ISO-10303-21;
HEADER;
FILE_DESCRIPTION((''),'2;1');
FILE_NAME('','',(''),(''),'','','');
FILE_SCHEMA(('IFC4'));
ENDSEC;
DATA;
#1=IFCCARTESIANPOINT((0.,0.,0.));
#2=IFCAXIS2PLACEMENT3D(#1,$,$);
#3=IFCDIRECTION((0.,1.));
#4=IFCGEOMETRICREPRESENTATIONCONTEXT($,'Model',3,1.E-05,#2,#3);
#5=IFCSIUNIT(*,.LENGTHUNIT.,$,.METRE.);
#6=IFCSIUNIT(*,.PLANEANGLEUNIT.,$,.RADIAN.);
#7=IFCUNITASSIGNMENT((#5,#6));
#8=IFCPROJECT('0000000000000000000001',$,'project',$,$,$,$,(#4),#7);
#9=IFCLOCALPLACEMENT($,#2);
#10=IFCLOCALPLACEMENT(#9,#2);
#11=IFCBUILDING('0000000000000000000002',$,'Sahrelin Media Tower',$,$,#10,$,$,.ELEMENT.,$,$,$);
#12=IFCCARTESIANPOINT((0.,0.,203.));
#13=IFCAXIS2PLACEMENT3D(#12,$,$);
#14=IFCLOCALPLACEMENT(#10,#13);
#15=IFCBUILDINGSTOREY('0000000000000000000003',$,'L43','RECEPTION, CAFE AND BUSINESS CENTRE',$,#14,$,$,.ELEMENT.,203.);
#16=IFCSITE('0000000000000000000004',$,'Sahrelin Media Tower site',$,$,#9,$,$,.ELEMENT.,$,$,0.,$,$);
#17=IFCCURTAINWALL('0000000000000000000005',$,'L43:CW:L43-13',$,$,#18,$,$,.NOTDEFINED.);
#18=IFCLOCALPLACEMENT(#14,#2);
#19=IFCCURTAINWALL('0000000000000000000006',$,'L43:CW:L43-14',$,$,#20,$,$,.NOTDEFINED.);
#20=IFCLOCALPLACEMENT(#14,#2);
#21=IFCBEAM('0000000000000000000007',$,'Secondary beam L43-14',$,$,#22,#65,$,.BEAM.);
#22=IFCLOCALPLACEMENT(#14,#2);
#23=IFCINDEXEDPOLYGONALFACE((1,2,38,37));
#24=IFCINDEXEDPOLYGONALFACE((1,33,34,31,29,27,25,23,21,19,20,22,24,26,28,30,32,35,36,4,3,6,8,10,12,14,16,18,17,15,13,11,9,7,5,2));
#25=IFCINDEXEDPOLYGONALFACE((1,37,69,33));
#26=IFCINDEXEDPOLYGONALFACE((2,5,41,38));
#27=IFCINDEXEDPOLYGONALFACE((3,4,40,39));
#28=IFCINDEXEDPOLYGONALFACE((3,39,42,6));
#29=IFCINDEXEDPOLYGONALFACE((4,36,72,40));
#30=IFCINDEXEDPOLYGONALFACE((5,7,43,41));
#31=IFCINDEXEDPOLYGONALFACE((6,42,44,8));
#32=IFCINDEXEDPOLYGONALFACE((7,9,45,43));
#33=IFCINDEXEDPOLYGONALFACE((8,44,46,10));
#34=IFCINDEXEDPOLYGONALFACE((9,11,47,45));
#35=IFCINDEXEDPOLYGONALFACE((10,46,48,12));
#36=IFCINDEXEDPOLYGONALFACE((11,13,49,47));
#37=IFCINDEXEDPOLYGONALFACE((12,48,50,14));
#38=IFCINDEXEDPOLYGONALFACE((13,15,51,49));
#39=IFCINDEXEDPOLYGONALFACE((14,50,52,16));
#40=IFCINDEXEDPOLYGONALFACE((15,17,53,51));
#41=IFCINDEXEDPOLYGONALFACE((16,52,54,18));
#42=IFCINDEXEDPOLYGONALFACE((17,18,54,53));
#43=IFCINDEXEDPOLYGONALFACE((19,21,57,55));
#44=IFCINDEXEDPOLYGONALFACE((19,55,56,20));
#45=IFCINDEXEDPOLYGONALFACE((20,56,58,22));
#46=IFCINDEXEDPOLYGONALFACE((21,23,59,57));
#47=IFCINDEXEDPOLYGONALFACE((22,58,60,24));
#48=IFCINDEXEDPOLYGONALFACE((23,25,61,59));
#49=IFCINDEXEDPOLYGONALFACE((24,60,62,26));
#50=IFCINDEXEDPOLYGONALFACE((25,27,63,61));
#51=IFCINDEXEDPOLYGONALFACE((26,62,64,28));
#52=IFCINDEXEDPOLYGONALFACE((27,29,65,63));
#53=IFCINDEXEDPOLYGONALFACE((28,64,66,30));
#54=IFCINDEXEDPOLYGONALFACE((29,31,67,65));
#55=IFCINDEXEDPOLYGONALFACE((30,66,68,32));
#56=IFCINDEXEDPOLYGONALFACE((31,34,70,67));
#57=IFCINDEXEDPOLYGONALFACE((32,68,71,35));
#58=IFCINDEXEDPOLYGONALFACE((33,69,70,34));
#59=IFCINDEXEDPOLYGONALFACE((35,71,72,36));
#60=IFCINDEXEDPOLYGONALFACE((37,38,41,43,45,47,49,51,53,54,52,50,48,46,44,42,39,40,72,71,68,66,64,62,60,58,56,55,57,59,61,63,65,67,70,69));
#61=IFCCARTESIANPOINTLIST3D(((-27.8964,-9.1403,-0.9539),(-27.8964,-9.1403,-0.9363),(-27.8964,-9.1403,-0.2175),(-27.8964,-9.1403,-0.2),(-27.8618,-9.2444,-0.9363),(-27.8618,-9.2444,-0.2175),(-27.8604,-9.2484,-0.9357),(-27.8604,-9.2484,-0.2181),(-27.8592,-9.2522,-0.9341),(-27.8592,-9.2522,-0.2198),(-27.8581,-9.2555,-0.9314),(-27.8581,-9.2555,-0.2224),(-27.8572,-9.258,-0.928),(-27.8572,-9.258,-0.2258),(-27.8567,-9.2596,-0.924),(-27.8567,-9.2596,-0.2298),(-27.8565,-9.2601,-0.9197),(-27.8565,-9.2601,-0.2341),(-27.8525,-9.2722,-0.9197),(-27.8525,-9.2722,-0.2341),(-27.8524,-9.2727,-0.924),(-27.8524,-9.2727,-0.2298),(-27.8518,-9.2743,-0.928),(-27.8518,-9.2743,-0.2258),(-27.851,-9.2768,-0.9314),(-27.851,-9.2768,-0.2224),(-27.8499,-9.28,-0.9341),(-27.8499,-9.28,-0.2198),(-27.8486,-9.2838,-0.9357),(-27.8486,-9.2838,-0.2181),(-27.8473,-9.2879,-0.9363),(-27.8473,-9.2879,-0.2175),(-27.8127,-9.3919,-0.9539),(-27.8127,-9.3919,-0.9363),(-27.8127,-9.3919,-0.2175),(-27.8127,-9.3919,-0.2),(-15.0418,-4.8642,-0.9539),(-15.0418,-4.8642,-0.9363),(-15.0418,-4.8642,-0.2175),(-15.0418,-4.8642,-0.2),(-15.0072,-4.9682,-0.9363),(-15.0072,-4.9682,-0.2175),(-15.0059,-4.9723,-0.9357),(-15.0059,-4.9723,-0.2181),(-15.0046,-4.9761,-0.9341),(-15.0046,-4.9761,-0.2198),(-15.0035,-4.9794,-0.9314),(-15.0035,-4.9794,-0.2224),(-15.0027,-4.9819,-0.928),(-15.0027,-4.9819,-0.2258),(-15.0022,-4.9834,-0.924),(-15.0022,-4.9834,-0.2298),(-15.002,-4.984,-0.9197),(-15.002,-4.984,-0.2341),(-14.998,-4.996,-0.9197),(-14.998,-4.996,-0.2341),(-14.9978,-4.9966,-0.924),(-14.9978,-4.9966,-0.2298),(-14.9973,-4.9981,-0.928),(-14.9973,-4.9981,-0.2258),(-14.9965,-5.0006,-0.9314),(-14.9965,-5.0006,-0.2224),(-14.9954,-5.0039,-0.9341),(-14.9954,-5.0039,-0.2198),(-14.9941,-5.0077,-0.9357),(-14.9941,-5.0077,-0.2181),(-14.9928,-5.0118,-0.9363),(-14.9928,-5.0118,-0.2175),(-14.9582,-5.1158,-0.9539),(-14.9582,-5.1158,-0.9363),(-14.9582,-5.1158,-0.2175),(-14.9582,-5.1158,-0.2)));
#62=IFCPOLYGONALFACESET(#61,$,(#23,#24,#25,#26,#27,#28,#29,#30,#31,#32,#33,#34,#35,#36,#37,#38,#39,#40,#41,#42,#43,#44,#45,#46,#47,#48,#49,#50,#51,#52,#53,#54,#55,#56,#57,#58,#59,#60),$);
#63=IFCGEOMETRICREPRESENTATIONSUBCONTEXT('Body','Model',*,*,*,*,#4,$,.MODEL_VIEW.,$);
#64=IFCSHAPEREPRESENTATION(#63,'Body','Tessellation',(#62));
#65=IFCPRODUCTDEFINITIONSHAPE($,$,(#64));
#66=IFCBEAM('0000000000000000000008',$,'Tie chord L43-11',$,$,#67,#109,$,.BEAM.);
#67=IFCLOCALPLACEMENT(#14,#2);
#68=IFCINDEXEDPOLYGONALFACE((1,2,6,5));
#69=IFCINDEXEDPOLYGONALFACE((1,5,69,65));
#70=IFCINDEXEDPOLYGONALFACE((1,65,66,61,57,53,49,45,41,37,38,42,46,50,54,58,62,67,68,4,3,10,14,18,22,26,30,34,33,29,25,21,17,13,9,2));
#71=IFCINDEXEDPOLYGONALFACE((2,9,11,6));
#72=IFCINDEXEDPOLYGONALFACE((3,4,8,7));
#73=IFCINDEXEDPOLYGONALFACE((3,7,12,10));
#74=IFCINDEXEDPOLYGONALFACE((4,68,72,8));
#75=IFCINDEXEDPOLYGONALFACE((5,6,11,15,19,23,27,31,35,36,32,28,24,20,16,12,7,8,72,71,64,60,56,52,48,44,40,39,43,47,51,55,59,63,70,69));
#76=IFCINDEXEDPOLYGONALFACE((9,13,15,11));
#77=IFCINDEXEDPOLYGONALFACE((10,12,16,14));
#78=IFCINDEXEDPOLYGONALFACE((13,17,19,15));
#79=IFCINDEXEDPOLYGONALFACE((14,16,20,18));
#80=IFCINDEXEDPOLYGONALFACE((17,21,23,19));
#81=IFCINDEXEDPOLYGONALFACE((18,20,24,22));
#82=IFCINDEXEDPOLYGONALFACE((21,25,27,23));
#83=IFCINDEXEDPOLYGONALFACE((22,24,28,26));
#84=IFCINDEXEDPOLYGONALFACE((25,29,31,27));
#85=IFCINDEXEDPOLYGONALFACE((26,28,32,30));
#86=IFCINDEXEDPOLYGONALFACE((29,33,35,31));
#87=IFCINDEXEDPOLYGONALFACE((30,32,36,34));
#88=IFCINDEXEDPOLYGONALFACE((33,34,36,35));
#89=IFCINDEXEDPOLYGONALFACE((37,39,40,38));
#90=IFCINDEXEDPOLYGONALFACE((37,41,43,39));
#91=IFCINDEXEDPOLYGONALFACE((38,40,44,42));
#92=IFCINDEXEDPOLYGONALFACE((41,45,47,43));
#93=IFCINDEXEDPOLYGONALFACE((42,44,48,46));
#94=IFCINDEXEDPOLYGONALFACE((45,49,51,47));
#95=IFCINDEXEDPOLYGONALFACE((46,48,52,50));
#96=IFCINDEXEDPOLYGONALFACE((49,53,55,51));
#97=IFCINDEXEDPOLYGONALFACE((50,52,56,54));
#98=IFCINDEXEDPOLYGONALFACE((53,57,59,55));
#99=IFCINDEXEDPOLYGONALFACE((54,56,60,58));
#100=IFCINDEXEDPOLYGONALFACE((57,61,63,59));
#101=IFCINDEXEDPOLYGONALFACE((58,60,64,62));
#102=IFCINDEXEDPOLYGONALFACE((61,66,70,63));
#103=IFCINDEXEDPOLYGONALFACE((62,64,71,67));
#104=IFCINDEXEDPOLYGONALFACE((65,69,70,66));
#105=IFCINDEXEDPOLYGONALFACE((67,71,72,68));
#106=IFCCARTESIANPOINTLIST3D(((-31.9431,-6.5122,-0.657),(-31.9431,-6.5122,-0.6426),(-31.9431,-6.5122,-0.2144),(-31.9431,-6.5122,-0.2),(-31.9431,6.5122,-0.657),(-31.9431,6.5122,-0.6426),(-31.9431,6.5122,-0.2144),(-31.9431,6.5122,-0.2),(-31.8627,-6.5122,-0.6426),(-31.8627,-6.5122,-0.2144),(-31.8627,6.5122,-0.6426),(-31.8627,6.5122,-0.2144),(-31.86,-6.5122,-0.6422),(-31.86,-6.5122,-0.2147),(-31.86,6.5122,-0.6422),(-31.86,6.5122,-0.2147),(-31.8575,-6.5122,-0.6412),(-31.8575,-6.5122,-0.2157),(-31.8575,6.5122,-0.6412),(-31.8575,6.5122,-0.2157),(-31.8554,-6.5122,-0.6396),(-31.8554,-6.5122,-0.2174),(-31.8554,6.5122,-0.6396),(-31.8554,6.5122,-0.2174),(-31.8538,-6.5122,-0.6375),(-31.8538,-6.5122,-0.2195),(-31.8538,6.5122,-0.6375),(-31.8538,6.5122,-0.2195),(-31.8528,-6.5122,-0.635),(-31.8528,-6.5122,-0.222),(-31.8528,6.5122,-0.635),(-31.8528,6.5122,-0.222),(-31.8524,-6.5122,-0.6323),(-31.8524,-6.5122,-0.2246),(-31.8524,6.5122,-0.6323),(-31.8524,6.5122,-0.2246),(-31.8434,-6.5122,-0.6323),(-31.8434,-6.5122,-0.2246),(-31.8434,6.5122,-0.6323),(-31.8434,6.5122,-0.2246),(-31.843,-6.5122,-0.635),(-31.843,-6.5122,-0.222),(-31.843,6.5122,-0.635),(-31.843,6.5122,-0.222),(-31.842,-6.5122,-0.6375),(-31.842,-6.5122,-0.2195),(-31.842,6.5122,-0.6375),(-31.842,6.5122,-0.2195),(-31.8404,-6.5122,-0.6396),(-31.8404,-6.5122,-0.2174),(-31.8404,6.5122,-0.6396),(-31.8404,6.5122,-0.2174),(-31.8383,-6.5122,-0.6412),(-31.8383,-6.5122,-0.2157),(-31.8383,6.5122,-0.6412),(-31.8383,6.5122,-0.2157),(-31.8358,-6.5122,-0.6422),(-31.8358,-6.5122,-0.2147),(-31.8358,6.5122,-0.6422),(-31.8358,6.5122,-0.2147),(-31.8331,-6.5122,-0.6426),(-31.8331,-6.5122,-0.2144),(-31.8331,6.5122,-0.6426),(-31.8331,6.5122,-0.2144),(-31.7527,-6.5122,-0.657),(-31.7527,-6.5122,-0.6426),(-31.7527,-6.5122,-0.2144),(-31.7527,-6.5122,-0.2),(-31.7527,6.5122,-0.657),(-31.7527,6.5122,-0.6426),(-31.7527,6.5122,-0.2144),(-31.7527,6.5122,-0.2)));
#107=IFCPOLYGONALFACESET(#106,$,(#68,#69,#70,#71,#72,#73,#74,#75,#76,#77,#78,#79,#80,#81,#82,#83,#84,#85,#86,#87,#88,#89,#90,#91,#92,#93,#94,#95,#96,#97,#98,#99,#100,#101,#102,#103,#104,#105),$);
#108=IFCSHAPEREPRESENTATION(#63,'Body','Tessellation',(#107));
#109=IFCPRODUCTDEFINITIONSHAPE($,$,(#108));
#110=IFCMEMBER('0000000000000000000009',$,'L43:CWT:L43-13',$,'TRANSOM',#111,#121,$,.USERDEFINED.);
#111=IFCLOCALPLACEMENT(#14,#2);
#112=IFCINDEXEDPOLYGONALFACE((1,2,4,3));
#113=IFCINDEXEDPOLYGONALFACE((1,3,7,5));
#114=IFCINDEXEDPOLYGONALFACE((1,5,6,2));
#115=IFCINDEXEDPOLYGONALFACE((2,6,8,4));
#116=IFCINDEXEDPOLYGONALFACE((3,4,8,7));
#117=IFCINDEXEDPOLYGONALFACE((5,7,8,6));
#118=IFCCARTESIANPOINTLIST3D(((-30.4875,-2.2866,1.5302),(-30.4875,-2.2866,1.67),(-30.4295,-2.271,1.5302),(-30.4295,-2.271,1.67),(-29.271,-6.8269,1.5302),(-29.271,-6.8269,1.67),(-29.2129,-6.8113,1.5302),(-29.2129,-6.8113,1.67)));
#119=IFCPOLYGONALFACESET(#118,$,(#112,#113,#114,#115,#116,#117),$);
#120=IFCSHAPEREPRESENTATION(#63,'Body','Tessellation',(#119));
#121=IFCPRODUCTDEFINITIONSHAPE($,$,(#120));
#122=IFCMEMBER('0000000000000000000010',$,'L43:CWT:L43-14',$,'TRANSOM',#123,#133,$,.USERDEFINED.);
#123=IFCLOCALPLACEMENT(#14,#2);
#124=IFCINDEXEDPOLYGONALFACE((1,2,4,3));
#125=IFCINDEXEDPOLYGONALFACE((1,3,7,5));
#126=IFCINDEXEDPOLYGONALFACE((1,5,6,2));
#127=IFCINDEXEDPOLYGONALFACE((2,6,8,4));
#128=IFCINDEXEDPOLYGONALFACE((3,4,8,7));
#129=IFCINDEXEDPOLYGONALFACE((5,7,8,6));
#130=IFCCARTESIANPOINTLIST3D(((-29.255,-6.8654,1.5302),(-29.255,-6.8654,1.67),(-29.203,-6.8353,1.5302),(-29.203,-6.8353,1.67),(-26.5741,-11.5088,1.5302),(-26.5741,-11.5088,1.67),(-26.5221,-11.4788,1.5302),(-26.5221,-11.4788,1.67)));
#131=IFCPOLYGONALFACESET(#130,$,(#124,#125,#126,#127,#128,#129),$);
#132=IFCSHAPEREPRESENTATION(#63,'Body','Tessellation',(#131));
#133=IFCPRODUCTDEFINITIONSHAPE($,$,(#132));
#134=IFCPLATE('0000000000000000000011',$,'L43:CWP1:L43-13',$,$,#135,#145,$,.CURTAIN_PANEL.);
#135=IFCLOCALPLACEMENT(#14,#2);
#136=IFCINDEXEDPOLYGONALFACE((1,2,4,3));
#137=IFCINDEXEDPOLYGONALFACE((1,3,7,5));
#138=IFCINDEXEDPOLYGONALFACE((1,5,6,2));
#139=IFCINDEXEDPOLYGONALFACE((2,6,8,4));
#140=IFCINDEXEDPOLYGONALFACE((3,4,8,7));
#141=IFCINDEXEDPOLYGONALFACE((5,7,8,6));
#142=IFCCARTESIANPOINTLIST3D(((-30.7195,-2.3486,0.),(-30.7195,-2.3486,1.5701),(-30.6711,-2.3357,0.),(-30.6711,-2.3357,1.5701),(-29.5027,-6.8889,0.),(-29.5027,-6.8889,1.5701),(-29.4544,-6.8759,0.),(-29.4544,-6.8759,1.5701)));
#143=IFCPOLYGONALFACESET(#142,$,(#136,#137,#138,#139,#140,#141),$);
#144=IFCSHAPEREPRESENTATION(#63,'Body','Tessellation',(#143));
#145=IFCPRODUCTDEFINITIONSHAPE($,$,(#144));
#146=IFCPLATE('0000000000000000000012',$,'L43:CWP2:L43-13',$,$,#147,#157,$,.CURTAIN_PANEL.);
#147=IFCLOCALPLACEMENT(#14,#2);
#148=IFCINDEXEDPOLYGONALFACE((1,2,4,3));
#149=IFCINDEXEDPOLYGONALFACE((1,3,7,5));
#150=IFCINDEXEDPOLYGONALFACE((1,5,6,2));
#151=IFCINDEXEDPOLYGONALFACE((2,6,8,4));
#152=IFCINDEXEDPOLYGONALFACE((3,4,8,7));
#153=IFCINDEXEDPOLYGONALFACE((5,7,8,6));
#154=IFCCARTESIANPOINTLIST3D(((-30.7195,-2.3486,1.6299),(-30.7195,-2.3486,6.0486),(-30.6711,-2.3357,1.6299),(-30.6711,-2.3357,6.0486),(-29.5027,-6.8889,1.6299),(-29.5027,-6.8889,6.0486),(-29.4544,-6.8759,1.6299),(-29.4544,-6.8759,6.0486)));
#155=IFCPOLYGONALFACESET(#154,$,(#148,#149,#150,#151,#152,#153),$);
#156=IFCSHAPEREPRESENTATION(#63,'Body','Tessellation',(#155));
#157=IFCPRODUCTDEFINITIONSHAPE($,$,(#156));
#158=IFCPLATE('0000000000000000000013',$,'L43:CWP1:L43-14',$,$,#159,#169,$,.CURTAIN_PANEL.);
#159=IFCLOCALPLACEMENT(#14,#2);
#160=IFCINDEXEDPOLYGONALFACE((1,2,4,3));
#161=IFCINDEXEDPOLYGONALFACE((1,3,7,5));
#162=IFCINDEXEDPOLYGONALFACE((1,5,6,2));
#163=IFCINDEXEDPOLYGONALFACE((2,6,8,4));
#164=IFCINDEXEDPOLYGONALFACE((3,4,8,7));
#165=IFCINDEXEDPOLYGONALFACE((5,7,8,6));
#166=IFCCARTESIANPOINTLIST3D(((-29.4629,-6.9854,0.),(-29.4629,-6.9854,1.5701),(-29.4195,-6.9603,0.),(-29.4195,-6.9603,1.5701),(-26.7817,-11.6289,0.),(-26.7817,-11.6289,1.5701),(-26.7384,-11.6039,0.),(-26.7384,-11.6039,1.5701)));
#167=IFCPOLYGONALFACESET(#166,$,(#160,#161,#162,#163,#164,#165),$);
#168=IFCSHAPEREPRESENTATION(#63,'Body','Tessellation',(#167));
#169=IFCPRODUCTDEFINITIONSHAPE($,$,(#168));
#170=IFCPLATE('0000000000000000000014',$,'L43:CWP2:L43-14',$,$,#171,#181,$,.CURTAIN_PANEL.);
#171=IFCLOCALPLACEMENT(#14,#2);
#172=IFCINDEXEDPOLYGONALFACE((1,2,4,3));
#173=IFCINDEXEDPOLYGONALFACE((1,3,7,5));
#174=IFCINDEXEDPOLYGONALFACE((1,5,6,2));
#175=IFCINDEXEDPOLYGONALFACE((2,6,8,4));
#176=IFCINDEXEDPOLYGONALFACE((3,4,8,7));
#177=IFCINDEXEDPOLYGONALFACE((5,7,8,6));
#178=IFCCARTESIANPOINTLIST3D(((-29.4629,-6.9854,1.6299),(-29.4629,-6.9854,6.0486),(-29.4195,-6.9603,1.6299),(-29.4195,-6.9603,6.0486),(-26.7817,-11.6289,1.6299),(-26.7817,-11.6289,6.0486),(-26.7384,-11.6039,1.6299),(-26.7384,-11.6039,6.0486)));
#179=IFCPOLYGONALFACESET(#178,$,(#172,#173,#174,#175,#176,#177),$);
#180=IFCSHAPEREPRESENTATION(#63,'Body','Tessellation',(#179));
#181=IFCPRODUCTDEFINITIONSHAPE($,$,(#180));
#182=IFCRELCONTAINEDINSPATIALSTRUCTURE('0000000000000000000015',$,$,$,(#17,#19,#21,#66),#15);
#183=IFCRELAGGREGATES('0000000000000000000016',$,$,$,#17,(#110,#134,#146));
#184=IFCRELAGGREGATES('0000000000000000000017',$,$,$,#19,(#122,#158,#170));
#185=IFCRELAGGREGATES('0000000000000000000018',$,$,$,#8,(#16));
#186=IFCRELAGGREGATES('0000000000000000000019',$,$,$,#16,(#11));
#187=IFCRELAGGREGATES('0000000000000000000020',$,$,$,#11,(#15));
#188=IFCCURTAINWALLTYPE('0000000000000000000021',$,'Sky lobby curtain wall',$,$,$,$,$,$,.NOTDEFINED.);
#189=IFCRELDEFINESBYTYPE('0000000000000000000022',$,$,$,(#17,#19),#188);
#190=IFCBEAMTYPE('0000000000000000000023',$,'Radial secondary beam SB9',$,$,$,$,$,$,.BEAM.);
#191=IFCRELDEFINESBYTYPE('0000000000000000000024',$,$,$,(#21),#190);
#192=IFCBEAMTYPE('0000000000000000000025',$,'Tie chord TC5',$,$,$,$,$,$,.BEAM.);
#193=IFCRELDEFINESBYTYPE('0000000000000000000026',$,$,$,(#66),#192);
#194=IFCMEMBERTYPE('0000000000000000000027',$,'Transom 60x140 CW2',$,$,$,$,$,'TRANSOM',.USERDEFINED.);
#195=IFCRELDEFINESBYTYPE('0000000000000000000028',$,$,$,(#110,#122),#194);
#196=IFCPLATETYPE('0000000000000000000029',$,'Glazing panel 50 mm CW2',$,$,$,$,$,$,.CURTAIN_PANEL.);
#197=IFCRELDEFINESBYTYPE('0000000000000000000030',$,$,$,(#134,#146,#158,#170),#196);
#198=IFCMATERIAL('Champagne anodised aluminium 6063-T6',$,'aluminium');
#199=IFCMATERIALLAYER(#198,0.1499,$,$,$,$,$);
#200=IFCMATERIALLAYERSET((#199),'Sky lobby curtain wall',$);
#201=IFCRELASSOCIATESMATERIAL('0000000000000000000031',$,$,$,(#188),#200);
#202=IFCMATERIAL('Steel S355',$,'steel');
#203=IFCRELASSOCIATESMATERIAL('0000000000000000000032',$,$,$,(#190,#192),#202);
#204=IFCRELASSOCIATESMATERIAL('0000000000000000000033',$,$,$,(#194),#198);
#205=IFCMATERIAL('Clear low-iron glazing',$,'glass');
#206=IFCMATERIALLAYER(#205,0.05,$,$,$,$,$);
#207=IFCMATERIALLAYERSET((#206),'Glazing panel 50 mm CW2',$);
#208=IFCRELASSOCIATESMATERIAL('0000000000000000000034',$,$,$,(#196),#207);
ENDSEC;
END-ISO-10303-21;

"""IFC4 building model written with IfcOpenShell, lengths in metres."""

from ifc_helpers import new_model, si_unit, direction, frame, origin, origin_2d, place, context, subcontext, project, spatial, polyline, rectangle, i_section, outline, extrude, material, layer, layer_set, material_profile, profile_set, type_object, element, aggregate, save


model = new_model("IFC4")

# Units and contexts
model_context = context("Model", 3, precision=1e-05, world=origin(), true_north=direction((0.0, 1.0)))
body_context = subcontext(model_context, "Body", "Model", "MODEL_VIEW")
ifc_project = project(units=[si_unit("LENGTHUNIT", "METRE"), si_unit("PLANEANGLEUNIT", "RADIAN")], contexts=[model_context])

# Site, building, storey
site_placement = place(None, origin())
site = spatial("IfcSite", under=ifc_project, at=site_placement, Name="Sahrelin Media Tower site", CompositionType="ELEMENT", RefElevation=0.0)
building_placement = place(site_placement, origin())
building = spatial("IfcBuilding", under=site, at=building_placement, Name="Sahrelin Media Tower", CompositionType="ELEMENT")
storey_placement = place(building_placement, frame((0.0, 0.0, 203.0)))
storey = spatial("IfcBuildingStorey", under=building, at=storey_placement, Name="L43", Description="RECEPTION, CAFE AND BUSINESS CENTRE", CompositionType="ELEMENT", Elevation=203.0)

# Shared definitions
ifc_material_1 = material(Name="Steel S355", Category="steel")

# Curtain walls
ifc_material_2 = material(Name="Champagne anodised aluminium 6063-T6", Category="aluminium")
ifc_layer_1 = layer(ifc_material_2, 0.1499)
ifc_layer_set_1 = layer_set([ifc_layer_1], Name="Sky lobby curtain wall")
curtain_wall_type = type_object("IfcCurtainWallType", Name="Sky lobby curtain wall", PredefinedType="NOTDEFINED", material=ifc_layer_set_1)
curtain_wall_1_placement = place(storey_placement, frame((-30.0918, -4.6135, 0.0), z_axis=(0.0, 0.0, 1.0), x_axis=(1.0, 0.0, 0.0)))
curtain_wall_1 = element("IfcCurtainWall", 1, at=curtain_wall_1_placement, inside=storey, type_object=curtain_wall_type, Name="L43:CW:L43-13", PredefinedType="NOTDEFINED")
curtain_wall_2_placement = place(storey_placement, frame((-28.105, -9.2971, 0.0), z_axis=(0.0, 0.0, 1.0), x_axis=(1.0, 0.0, 0.0)))
curtain_wall_2 = element("IfcCurtainWall", 2, at=curtain_wall_2_placement, inside=storey, type_object=curtain_wall_type, Name="L43:CW:L43-14", PredefinedType="NOTDEFINED")

# Beams
ifc_material_profile_1 = material_profile(ifc_material_1, i_section(OverallWidth=0.2651, OverallDepth=0.7539, WebThickness=0.0127, FlangeThickness=0.0176, FilletRadius=0.0166, at=origin_2d()), Name="UB 762x267x147")
ifc_profile_set_1 = profile_set([ifc_material_profile_1], Name="Steel S355")
beam_type_1 = type_object("IfcBeamType", Name="Radial secondary beam SB9", PredefinedType="BEAM", material=ifc_profile_set_1)
beam_1_placement = place(storey_placement, frame((-15.0, -4.99, -0.5769), z_axis=(-0.948876, -0.315649, 0.0), x_axis=(0.315649, -0.948876, 0.0)))
element("IfcBeam", 3, at=beam_1_placement, inside=storey, type_object=beam_type_1, Name="Secondary beam L43-14", PredefinedType="BEAM", context=body_context, shape_type="SweptSolid", body=[
    extrude(i_section(OverallWidth=0.2651, OverallDepth=0.7539, WebThickness=0.0127, FlangeThickness=0.0176, FilletRadius=0.0166, at=origin_2d()), origin(), (0.0, 0.0, 1.0), 13.5471),
])
ifc_material_profile_2 = material_profile(ifc_material_1, i_section(OverallWidth=0.1904, OverallDepth=0.457, WebThickness=0.009, FlangeThickness=0.0144, FilletRadius=0.0103, at=origin_2d()), Name="UB 457x191x74")
ifc_profile_set_2 = profile_set([ifc_material_profile_2], Name="Steel S355")
beam_type_2 = type_object("IfcBeamType", Name="Tie chord TC5", PredefinedType="BEAM", material=ifc_profile_set_2)
beam_2_placement = place(storey_placement, frame((-31.8479, -6.5122, -0.4285), z_axis=(0.0, 1.0, 0.0), x_axis=(-1.0, 0.0, 0.0)))
element("IfcBeam", 4, at=beam_2_placement, inside=storey, type_object=beam_type_2, Name="Tie chord L43-11", PredefinedType="BEAM", context=body_context, shape_type="SweptSolid", body=[
    extrude(i_section(OverallWidth=0.1904, OverallDepth=0.457, WebThickness=0.009, FlangeThickness=0.0144, FilletRadius=0.0103, at=origin_2d()), origin(), (0.0, 0.0, 1.0), 13.0244),
])

# Members
ifc_material_profile_3 = material_profile(ifc_material_2, rectangle(XDim=0.0601, YDim=0.1399, at=origin_2d()), Name="Transom 60x140")
ifc_profile_set_3 = profile_set([ifc_material_profile_3], Name="Champagne anodised aluminium 6063-T6")
member_type_1 = type_object("IfcMemberType", Name="Transom 60x140 CW2", ElementType="TRANSOM", PredefinedType="USERDEFINED", material=ifc_profile_set_3)
member_1_placement = place(storey_placement, frame((-30.4585, -2.2788, 1.6001), z_axis=(0.258817, -0.965926, 0.0), x_axis=(0.965926, 0.258817, 0.0)))
member_1 = element("IfcMember", 5, at=member_1_placement, type_object=member_type_1, Name="L43:CWT:L43-13", ObjectType="TRANSOM", PredefinedType="USERDEFINED", context=body_context, shape_type="SweptSolid", body=[
    extrude(rectangle(XDim=0.0601, YDim=0.1399, at=origin_2d()), origin(), (0.0, 0.0, 1.0), 4.7004),
])
member_2_placement = place(storey_placement, frame((-29.229, -6.8503, 1.6001), z_axis=(0.499993, -0.866029, 0.0), x_axis=(0.866029, 0.499993, 0.0)))
member_2 = element("IfcMember", 6, at=member_2_placement, type_object=member_type_1, Name="L43:CWT:L43-14", ObjectType="TRANSOM", PredefinedType="USERDEFINED", context=body_context, shape_type="SweptSolid", body=[
    extrude(rectangle(XDim=0.0601, YDim=0.1399, at=origin_2d()), origin(), (0.0, 0.0, 1.0), 5.3618),
])

# Plates
ifc_material_3 = material(Name="Clear low-iron glazing", Category="glass")
ifc_layer_2 = layer(ifc_material_3, 0.05)
ifc_layer_set_2 = layer_set([ifc_layer_2], Name="Glazing panel 50 mm CW2")
plate_type = type_object("IfcPlateType", Name="Glazing panel 50 mm CW2", PredefinedType="CURTAIN_PANEL", material=ifc_layer_set_2)
plate_1_placement = place(storey_placement, frame((-30.7195, -2.3486, 0.0), z_axis=(-0.965914, -0.258865, 0.0), x_axis=(0.258865, -0.965914, 0.0)))
plate_1 = element("IfcPlate", 7, at=plate_1_placement, type_object=plate_type, Name="L43:CWP1:L43-13", PredefinedType="CURTAIN_PANEL", context=body_context, shape_type="SweptSolid", body=[
    extrude(outline(polyline([(0.0, 0.0), (4.7004, 0.0), (4.7004, 1.5701), (0.0, 1.5701), (0.0, 0.0)])), origin(), (0.0, 0.0, -1.0), 0.05),
])
plate_2_placement = place(storey_placement, frame((-30.7195, -2.3486, 1.6299), z_axis=(-0.965914, -0.258865, 0.0), x_axis=(0.258865, -0.965914, 0.0)))
plate_2 = element("IfcPlate", 8, at=plate_2_placement, type_object=plate_type, Name="L43:CWP2:L43-13", PredefinedType="CURTAIN_PANEL", context=body_context, shape_type="SweptSolid", body=[
    extrude(outline(polyline([(0.0, 0.0), (4.7004, 0.0), (4.7004, 4.4187), (0.0, 4.4187), (0.0, 0.0)])), origin(), (0.0, 0.0, -1.0), 0.05),
])
aggregate(curtain_wall_1, [member_1, plate_1, plate_2])
plate_3_placement = place(storey_placement, frame((-29.4629, -6.9854, 0.0), z_axis=(-0.86601, -0.500027, 0.0), x_axis=(0.500027, -0.86601, 0.0)))
plate_3 = element("IfcPlate", 9, at=plate_3_placement, type_object=plate_type, Name="L43:CWP1:L43-14", PredefinedType="CURTAIN_PANEL", context=body_context, shape_type="SweptSolid", body=[
    extrude(outline(polyline([(0.0, 0.0), (5.3621, 0.0), (5.3621, 1.5701), (0.0, 1.5701), (0.0, 0.0)])), origin(), (0.0, 0.0, -1.0), 0.05),
])
plate_4_placement = place(storey_placement, frame((-29.4629, -6.9854, 1.6299), z_axis=(-0.86601, -0.500027, 0.0), x_axis=(0.500027, -0.86601, 0.0)))
plate_4 = element("IfcPlate", 10, at=plate_4_placement, type_object=plate_type, Name="L43:CWP2:L43-14", PredefinedType="CURTAIN_PANEL", context=body_context, shape_type="SweptSolid", body=[
    extrude(outline(polyline([(0.0, 0.0), (5.3621, 0.0), (5.3621, 4.4187), (0.0, 4.4187), (0.0, 0.0)])), origin(), (0.0, 0.0, -1.0), 0.05),
])
aggregate(curtain_wall_2, [member_2, plate_3, plate_4])

save(model, "model.ifc")
